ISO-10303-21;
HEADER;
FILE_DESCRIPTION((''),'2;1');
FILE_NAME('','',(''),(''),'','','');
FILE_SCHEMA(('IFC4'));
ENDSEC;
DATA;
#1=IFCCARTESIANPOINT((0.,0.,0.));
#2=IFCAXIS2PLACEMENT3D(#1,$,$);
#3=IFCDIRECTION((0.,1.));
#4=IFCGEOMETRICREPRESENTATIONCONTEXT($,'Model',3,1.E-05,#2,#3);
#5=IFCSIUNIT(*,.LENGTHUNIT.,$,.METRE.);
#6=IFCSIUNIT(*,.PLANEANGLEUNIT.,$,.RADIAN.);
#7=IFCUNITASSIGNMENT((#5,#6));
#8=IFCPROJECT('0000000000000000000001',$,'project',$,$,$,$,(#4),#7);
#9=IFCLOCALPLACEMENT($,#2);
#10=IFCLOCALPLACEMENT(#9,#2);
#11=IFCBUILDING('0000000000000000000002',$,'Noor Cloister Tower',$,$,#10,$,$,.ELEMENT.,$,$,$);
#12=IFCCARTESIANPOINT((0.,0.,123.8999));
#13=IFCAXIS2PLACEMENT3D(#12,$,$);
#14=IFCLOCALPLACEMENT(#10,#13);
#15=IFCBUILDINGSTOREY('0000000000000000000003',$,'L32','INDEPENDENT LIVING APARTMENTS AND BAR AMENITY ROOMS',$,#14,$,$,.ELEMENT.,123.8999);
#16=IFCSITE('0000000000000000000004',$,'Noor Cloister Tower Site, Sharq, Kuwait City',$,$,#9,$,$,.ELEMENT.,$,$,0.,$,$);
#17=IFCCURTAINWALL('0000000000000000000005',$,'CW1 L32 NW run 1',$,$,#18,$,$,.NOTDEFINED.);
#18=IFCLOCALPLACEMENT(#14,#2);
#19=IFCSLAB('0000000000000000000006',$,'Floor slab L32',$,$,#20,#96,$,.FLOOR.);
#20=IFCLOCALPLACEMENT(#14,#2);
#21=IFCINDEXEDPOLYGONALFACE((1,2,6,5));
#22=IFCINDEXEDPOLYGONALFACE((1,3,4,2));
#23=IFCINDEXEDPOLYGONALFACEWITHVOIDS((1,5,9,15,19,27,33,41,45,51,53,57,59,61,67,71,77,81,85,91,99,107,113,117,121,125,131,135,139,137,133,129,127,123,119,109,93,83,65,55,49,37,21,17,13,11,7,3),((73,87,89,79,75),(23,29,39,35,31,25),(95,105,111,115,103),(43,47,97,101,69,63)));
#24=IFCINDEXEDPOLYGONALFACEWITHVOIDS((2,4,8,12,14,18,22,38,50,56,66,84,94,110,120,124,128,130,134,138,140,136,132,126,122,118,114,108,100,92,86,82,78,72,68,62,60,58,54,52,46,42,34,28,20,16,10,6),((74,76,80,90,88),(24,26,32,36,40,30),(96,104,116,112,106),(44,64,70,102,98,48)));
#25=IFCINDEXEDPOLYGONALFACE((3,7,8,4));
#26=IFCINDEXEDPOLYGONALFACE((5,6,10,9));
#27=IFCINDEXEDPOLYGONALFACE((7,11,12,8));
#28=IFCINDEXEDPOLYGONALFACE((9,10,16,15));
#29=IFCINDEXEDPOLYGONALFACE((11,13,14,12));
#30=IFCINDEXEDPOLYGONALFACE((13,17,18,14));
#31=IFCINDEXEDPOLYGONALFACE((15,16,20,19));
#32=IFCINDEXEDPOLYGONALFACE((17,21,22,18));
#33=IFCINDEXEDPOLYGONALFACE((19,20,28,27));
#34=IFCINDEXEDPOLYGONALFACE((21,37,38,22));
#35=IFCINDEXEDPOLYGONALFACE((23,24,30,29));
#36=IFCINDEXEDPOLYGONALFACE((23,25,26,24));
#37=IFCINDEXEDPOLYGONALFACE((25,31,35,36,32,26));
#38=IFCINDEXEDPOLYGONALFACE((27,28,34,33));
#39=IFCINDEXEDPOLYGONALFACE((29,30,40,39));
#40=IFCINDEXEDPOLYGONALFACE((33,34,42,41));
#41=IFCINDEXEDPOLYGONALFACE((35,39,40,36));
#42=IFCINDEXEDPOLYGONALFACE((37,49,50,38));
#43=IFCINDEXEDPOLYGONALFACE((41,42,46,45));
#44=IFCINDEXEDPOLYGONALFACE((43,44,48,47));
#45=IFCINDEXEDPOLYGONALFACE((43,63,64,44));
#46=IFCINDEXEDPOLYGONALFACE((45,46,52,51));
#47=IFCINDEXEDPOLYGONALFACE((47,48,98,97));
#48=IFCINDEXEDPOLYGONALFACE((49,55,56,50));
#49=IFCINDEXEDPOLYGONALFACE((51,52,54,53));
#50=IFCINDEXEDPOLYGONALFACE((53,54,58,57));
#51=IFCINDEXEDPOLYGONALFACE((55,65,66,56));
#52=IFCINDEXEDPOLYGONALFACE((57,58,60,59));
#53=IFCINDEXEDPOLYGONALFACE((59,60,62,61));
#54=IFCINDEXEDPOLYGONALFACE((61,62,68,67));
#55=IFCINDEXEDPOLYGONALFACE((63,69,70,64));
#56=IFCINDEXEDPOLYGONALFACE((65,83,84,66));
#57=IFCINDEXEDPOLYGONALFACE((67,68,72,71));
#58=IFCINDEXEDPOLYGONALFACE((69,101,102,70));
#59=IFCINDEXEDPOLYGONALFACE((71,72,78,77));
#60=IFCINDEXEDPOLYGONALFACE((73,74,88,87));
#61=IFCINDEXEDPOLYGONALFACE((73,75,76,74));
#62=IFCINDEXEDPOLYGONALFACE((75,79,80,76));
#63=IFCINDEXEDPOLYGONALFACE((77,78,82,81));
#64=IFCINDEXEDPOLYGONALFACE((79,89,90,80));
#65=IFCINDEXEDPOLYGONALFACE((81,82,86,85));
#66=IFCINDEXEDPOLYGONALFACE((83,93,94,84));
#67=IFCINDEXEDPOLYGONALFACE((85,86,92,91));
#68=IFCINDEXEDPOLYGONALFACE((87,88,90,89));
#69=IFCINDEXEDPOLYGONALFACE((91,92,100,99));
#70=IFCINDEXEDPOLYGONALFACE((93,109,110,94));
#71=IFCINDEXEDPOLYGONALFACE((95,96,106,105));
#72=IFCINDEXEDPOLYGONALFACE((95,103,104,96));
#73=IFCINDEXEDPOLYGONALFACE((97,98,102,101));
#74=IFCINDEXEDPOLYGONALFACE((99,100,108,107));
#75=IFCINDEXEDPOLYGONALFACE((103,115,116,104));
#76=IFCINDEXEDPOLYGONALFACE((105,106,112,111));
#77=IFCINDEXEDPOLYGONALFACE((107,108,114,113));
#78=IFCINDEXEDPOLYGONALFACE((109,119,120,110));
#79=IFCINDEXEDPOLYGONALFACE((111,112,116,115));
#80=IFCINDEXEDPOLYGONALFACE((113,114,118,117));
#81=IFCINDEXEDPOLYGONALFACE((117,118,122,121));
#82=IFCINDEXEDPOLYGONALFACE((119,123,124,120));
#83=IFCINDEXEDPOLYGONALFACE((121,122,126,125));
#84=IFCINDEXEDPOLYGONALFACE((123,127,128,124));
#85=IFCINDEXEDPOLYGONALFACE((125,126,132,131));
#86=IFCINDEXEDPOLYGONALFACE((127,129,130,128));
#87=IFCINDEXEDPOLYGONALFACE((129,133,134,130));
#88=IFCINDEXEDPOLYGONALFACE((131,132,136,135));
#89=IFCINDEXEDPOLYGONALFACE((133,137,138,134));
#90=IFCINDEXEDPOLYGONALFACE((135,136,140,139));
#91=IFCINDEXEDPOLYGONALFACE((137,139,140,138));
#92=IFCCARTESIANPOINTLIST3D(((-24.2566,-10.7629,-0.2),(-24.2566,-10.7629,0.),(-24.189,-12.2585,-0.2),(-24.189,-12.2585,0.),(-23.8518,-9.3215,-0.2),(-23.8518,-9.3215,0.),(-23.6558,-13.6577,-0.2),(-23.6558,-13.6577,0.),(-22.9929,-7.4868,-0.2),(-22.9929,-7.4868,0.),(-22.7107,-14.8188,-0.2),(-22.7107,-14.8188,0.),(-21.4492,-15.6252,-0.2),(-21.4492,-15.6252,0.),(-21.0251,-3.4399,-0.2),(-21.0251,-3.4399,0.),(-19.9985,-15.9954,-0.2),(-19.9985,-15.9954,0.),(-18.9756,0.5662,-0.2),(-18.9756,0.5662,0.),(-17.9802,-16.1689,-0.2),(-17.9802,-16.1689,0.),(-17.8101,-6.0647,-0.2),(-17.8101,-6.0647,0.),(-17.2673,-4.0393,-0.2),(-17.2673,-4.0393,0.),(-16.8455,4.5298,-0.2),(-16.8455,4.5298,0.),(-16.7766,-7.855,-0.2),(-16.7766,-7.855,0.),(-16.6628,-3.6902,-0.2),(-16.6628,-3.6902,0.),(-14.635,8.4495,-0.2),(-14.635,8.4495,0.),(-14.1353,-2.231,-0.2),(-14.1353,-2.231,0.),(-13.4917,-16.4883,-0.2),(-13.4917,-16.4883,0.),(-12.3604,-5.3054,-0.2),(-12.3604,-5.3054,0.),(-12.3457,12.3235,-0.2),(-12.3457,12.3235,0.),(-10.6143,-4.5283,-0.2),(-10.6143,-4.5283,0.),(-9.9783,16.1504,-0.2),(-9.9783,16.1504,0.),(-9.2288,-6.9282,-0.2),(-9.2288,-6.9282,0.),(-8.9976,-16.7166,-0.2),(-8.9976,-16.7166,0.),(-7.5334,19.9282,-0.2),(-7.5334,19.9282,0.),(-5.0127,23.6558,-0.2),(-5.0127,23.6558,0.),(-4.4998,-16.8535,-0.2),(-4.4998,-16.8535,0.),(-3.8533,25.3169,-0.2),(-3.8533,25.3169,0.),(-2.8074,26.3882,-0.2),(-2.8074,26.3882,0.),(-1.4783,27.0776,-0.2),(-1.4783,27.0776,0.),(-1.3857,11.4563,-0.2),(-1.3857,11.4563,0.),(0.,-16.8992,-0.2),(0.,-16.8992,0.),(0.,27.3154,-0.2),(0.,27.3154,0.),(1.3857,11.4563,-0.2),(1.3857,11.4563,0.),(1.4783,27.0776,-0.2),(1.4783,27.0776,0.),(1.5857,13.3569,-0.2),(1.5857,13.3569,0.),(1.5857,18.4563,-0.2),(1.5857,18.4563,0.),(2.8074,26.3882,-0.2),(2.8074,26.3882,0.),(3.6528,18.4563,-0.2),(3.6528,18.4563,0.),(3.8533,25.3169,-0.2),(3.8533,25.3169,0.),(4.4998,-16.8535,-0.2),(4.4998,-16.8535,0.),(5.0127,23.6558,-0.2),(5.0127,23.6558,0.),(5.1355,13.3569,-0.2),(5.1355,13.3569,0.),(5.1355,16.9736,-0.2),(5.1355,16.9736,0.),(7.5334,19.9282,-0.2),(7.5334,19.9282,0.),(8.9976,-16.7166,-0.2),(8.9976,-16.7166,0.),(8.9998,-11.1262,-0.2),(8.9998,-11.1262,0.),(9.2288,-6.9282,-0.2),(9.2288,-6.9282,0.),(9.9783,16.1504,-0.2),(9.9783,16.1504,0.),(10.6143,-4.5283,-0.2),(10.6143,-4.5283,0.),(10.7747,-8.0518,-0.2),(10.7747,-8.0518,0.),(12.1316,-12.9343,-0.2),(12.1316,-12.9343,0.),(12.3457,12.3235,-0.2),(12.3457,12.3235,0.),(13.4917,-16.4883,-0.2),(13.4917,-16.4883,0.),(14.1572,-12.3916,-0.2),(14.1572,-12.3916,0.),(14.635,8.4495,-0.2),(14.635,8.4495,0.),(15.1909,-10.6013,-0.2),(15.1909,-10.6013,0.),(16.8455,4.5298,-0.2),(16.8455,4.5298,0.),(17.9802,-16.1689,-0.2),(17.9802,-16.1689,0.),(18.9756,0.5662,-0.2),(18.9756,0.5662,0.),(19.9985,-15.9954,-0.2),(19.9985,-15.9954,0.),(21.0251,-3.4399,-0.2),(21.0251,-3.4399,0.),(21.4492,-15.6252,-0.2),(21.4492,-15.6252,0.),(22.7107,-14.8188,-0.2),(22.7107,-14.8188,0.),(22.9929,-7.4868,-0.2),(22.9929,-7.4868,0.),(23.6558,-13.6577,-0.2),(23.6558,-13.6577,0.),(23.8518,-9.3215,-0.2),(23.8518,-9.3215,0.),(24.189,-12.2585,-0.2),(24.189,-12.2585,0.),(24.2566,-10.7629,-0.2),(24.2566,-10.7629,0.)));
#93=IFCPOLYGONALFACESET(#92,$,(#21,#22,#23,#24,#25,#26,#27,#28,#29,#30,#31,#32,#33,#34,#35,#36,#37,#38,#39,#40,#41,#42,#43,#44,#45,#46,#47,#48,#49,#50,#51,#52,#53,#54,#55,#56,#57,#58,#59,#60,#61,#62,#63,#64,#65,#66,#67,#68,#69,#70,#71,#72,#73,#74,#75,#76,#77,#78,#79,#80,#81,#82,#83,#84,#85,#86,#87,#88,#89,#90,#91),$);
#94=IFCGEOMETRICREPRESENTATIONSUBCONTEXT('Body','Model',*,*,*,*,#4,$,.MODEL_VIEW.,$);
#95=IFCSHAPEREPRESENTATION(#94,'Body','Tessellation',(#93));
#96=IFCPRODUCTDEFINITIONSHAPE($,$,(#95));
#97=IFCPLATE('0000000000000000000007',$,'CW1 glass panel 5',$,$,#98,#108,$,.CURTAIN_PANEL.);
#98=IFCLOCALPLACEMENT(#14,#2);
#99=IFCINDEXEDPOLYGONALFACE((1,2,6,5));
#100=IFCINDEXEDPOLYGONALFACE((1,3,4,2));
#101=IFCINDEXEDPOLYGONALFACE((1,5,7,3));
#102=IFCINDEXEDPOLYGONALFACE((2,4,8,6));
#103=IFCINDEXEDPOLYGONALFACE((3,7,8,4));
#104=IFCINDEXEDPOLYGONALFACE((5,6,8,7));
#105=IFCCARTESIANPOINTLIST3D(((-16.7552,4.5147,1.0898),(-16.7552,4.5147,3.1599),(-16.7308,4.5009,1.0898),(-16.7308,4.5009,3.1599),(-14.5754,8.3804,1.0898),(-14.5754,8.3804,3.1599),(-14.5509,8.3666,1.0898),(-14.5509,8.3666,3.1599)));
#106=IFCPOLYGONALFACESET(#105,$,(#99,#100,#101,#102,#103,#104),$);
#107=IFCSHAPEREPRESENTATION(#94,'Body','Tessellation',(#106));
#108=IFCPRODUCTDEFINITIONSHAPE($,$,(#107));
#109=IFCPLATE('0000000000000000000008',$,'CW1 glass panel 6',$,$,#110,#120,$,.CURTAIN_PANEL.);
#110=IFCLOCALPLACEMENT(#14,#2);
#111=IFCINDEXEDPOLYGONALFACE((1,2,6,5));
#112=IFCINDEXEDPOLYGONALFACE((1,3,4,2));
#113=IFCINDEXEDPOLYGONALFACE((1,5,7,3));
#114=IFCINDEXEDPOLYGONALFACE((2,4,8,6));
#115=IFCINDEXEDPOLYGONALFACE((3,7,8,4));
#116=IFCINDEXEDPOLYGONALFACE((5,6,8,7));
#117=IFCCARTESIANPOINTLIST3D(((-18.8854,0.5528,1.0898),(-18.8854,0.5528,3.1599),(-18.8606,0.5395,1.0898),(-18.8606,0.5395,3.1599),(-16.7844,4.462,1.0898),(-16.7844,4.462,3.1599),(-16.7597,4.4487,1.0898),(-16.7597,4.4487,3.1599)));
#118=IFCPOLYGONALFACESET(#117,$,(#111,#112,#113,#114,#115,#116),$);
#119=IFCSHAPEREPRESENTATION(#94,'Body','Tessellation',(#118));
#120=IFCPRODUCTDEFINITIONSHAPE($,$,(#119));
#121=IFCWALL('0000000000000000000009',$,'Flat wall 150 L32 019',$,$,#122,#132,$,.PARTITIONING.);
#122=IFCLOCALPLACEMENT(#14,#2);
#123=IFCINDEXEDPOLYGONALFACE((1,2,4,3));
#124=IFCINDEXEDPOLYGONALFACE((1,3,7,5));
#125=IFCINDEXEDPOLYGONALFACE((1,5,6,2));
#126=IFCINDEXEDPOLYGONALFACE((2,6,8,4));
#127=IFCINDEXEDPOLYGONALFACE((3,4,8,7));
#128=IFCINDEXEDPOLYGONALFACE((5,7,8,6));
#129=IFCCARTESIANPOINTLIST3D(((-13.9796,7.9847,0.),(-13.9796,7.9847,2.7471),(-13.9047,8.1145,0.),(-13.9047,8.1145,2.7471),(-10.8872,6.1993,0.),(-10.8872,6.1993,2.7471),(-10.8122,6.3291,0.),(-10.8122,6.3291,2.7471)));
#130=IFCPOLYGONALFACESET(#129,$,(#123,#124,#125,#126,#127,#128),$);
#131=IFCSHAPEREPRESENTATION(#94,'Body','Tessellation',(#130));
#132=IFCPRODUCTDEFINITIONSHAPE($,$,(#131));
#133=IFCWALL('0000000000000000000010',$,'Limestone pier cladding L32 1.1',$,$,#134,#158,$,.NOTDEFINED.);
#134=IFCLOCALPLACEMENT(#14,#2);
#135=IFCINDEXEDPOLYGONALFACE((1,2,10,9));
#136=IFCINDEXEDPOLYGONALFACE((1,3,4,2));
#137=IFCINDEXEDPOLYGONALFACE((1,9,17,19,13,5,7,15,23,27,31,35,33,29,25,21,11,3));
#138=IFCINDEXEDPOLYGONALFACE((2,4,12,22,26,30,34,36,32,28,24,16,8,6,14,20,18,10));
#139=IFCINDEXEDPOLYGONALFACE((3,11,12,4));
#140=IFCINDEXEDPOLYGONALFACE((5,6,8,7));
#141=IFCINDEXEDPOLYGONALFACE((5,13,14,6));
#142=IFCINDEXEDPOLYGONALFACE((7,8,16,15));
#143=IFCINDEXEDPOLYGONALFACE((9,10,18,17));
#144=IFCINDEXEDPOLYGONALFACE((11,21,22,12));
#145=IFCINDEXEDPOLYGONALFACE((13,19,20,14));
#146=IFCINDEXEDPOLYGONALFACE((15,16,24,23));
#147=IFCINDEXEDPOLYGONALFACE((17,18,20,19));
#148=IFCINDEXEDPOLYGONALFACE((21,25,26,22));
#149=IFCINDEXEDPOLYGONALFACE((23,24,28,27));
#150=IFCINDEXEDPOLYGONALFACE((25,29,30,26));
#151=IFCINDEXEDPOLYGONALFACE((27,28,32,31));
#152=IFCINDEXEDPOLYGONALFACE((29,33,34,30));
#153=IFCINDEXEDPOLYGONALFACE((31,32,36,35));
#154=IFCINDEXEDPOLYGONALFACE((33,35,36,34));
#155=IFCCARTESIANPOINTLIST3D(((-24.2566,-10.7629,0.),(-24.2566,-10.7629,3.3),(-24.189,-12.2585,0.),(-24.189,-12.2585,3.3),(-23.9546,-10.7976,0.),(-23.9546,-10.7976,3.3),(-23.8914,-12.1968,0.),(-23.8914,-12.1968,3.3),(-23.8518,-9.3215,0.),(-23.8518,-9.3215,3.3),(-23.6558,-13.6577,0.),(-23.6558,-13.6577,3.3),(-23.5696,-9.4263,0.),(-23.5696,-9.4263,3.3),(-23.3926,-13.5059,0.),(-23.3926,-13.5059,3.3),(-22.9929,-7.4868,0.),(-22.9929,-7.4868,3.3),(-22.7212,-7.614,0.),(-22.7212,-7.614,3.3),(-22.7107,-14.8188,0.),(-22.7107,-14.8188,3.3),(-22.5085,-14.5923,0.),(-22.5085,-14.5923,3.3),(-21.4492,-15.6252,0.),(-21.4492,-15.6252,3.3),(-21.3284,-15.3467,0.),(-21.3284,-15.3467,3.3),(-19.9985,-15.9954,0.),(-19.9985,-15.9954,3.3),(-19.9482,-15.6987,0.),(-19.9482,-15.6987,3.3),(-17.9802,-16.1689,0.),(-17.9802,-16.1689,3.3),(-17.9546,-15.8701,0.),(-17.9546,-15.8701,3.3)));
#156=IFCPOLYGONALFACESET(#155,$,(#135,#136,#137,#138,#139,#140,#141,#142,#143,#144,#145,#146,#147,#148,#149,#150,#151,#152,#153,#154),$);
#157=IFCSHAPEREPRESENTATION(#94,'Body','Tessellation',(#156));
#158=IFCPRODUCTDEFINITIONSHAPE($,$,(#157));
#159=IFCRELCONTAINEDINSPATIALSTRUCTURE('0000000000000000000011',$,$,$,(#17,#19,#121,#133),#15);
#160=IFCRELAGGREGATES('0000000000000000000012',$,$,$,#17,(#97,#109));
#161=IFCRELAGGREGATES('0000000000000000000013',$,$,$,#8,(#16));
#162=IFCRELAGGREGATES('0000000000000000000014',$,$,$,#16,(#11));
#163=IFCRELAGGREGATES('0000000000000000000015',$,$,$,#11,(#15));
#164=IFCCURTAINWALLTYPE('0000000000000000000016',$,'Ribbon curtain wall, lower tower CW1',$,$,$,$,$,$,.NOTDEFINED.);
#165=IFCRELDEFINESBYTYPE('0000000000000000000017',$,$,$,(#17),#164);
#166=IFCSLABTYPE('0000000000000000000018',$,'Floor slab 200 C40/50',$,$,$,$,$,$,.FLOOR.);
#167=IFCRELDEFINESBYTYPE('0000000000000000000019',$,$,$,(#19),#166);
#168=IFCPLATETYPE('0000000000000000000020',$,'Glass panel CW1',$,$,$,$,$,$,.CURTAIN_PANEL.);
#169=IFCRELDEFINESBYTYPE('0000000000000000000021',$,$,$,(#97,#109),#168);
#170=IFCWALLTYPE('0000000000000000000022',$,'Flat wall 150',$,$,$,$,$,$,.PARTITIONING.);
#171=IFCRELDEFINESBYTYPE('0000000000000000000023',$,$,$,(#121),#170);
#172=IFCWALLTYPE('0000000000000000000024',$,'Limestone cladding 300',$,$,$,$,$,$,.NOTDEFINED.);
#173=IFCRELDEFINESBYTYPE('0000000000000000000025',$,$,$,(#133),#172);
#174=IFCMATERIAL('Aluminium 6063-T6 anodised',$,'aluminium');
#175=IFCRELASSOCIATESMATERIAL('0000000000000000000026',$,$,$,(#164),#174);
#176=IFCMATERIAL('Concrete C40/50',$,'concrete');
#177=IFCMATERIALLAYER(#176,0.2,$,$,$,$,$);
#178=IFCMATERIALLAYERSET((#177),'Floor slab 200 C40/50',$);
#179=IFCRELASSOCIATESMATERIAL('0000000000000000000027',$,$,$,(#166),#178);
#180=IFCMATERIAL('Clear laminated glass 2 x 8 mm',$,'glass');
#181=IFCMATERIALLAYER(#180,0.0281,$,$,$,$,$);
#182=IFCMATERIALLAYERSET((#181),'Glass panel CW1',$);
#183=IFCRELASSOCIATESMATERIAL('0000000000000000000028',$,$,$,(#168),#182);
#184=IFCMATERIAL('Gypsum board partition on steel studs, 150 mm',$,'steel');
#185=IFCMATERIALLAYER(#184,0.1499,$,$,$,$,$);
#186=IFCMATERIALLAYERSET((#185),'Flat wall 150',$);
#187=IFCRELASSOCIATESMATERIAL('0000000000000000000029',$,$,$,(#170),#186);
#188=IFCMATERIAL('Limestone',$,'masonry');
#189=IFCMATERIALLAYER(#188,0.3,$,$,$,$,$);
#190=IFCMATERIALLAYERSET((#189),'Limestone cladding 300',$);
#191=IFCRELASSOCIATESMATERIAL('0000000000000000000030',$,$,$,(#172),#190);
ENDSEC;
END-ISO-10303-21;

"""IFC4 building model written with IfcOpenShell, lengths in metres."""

from ifc_helpers import new_model, si_unit, direction, frame, frame_2d, origin, origin_2d, place, context, subcontext, project, spatial, polyline, rectangle, outline, extrude, material, layer, layer_set, type_object, element, aggregate, save


model = new_model("IFC4")

# Units and contexts
model_context = context("Model", 3, precision=1e-05, world=origin(), true_north=direction((0.0, 1.0)))
body_context = subcontext(model_context, "Body", "Model", "MODEL_VIEW")
ifc_project = project(units=[si_unit("LENGTHUNIT", "METRE"), si_unit("PLANEANGLEUNIT", "RADIAN")], contexts=[model_context])

# Site, building, storey
site_placement = place(None, origin())
site = spatial("IfcSite", under=ifc_project, at=site_placement, Name="Noor Cloister Tower Site, Sharq, Kuwait City", CompositionType="ELEMENT", RefElevation=0.0)
building_placement = place(site_placement, origin())
building = spatial("IfcBuilding", under=site, at=building_placement, Name="Noor Cloister Tower", CompositionType="ELEMENT")
storey_placement = place(building_placement, frame((0.0, 0.0, 123.8999)))
storey = spatial("IfcBuildingStorey", under=building, at=storey_placement, Name="L32", Description="INDEPENDENT LIVING APARTMENTS AND BAR AMENITY ROOMS", CompositionType="ELEMENT", Elevation=123.8999)

# Curtain wall
ifc_material_1 = material(Name="Aluminium 6063-T6 anodised", Category="aluminium")
curtain_wall_type = type_object("IfcCurtainWallType", Name="Ribbon curtain wall, lower tower CW1", PredefinedType="NOTDEFINED", material=ifc_material_1)
curtain_wall_1_placement = place(storey_placement, origin())
curtain_wall_1 = element("IfcCurtainWall", 1, at=curtain_wall_1_placement, inside=storey, type_object=curtain_wall_type, Name="CW1 L32 NW run 1", PredefinedType="NOTDEFINED")

# Slab
ifc_material_2 = material(Name="Concrete C40/50", Category="concrete")
ifc_layer_1 = layer(ifc_material_2, 0.2)
ifc_layer_set_1 = layer_set([ifc_layer_1], Name="Floor slab 200 C40/50")
slab_type = type_object("IfcSlabType", Name="Floor slab 200 C40/50", PredefinedType="FLOOR", material=ifc_layer_set_1)
slab_placement = place(storey_placement, frame((0.0, 0.0, -0.2)))
element("IfcSlab", 2, at=slab_placement, inside=storey, type_object=slab_type, Name="Floor slab L32", PredefinedType="FLOOR", context=body_context, shape_type="SweptSolid", body=[
    extrude(outline(polyline([(3.8533, 25.3169), (2.8074, 26.3882), (1.4783, 27.0776), (0.0, 27.3154), (-1.4783, 27.0776), (-2.8074, 26.3882), (-3.8533, 25.3169), (-5.0127, 23.6558), (-7.5334, 19.9282), (-9.9783, 16.1504), (-12.3457, 12.3235), (-14.635, 8.4495), (-16.8455, 4.5298), (-18.9756, 0.5662), (-21.0251, -3.4399), (-22.9929, -7.4868), (-23.8518, -9.3215), (-24.2566, -10.7629), (-24.189, -12.2585), (-23.6558, -13.6577), (-22.7107, -14.8188), (-21.4492, -15.6252), (-19.9985, -15.9954), (-17.9802, -16.1689), (-13.4917, -16.4883), (-8.9976, -16.7166), (-4.4998, -16.8535), (0.0, -16.8992), (4.4998, -16.8535), (8.9976, -16.7166), (13.4917, -16.4883), (17.9802, -16.1689), (19.9985, -15.9954), (21.4492, -15.6252), (22.7107, -14.8188), (23.6558, -13.6577), (24.189, -12.2585), (24.2566, -10.7629), (23.8518, -9.3215), (22.9929, -7.4868), (21.0251, -3.4399), (18.9756, 0.5662), (16.8455, 4.5298), (14.635, 8.4495), (12.3457, 12.3235), (9.9783, 16.1504), (7.5334, 19.9282), (5.0127, 23.6558), (3.8533, 25.3169)]), holes=[polyline([(8.9998, -11.1262), (12.1316, -12.9343), (14.1572, -12.3916), (15.1909, -10.6013), (10.7747, -8.0518), (8.9998, -11.1262)]), polyline([(-17.8101, -6.0647), (-16.7766, -7.855), (-12.3604, -5.3054), (-14.1353, -2.231), (-16.6628, -3.6902), (-17.2673, -4.0393), (-17.8101, -6.0647)]), polyline([(-10.6143, -4.5283), (-9.2288, -6.9282), (9.2288, -6.9282), (10.6143, -4.5283), (1.3857, 11.4563), (-1.3857, 11.4563), (-10.6143, -4.5283)]), polyline([(3.6528, 18.4563), (1.5857, 18.4563), (1.5857, 13.3569), (5.1355, 13.3569), (5.1355, 16.9736), (3.6528, 18.4563)])]), origin(), (0.0, 0.0, 1.0), 0.2),
])

# Plates
ifc_material_3 = material(Name="Clear laminated glass 2 x 8 mm", Category="glass")
ifc_layer_2 = layer(ifc_material_3, 0.0281)
ifc_layer_set_2 = layer_set([ifc_layer_2], Name="Glass panel CW1")
plate_type = type_object("IfcPlateType", Name="Glass panel CW1", PredefinedType="CURTAIN_PANEL", material=ifc_layer_set_2)
plate_1_placement = place(storey_placement, frame((-15.6531, 6.4407, 1.0898), z_axis=(0.0, 0.0, 1.0), x_axis=(-0.491187, -0.871054, 0.0)))
plate_1 = element("IfcPlate", 3, at=plate_1_placement, type_object=plate_type, Name="CW1 glass panel 5", PredefinedType="CURTAIN_PANEL", context=body_context, shape_type="SweptSolid", body=[
    extrude(rectangle(XDim=4.438, YDim=0.0281, at=origin_2d()), origin(), (0.0, 0.0, 1.0), 2.0701),
])
plate_2_placement = place(storey_placement, frame((-17.8225, 2.5007, 1.0898), z_axis=(0.0, 0.0, 1.0), x_axis=(-0.473409, -0.880843, 0.0)))
plate_2 = element("IfcPlate", 4, at=plate_2_placement, type_object=plate_type, Name="CW1 glass panel 6", PredefinedType="CURTAIN_PANEL", context=body_context, shape_type="SweptSolid", body=[
    extrude(rectangle(XDim=4.438, YDim=0.0281, at=origin_2d()), origin(), (0.0, 0.0, 1.0), 2.0701),
])
aggregate(curtain_wall_1, [plate_1, plate_2])

# Walls
ifc_material_4 = material(Name="Gypsum board partition on steel studs, 150 mm", Category="steel")
ifc_layer_3 = layer(ifc_material_4, 0.1499)
ifc_layer_set_3 = layer_set([ifc_layer_3], Name="Flat wall 150")
wall_type_1 = type_object("IfcWallType", Name="Flat wall 150", PredefinedType="PARTITIONING", material=ifc_layer_set_3)
wall_1_placement = place(storey_placement, frame((-13.9421, 8.0496, 0.0), z_axis=(0.0, 0.0, 1.0), x_axis=(0.866034, -0.499985, 0.0)))
element("IfcWall", 5, at=wall_1_placement, inside=storey, type_object=wall_type_1, Name="Flat wall 150 L32 019", PredefinedType="PARTITIONING", context=body_context, shape_type="SweptSolid", body=[
    extrude(rectangle(XDim=3.5708, YDim=0.1499, at=frame_2d((1.7854, 0.0))), origin(), (0.0, 0.0, 1.0), 2.7471),
])
ifc_material_5 = material(Name="Limestone", Category="masonry")
ifc_layer_4 = layer(ifc_material_5, 0.3)
ifc_layer_set_4 = layer_set([ifc_layer_4], Name="Limestone cladding 300")
wall_type_2 = type_object("IfcWallType", Name="Limestone cladding 300", PredefinedType="NOTDEFINED", material=ifc_layer_set_4)
wall_2_placement = place(storey_placement, origin())
element("IfcWall", 6, at=wall_2_placement, inside=storey, type_object=wall_type_2, Name="Limestone pier cladding L32 1.1", PredefinedType="NOTDEFINED", context=body_context, shape_type="SweptSolid", body=[
    extrude(outline(polyline([(-22.9929, -7.4868), (-23.8518, -9.3215), (-24.2566, -10.7629), (-24.189, -12.2585), (-23.6558, -13.6577), (-22.7107, -14.8188), (-21.4492, -15.6252), (-19.9985, -15.9954), (-17.9802, -16.1689), (-17.9546, -15.8701), (-19.9482, -15.6987), (-21.3284, -15.3467), (-22.5085, -14.5923), (-23.3926, -13.5059), (-23.8914, -12.1968), (-23.9546, -10.7976), (-23.5696, -9.4263), (-22.7212, -7.614), (-22.9929, -7.4868)])), origin(), (0.0, 0.0, 1.0), 3.3),
])

save(model, "model.ifc")
